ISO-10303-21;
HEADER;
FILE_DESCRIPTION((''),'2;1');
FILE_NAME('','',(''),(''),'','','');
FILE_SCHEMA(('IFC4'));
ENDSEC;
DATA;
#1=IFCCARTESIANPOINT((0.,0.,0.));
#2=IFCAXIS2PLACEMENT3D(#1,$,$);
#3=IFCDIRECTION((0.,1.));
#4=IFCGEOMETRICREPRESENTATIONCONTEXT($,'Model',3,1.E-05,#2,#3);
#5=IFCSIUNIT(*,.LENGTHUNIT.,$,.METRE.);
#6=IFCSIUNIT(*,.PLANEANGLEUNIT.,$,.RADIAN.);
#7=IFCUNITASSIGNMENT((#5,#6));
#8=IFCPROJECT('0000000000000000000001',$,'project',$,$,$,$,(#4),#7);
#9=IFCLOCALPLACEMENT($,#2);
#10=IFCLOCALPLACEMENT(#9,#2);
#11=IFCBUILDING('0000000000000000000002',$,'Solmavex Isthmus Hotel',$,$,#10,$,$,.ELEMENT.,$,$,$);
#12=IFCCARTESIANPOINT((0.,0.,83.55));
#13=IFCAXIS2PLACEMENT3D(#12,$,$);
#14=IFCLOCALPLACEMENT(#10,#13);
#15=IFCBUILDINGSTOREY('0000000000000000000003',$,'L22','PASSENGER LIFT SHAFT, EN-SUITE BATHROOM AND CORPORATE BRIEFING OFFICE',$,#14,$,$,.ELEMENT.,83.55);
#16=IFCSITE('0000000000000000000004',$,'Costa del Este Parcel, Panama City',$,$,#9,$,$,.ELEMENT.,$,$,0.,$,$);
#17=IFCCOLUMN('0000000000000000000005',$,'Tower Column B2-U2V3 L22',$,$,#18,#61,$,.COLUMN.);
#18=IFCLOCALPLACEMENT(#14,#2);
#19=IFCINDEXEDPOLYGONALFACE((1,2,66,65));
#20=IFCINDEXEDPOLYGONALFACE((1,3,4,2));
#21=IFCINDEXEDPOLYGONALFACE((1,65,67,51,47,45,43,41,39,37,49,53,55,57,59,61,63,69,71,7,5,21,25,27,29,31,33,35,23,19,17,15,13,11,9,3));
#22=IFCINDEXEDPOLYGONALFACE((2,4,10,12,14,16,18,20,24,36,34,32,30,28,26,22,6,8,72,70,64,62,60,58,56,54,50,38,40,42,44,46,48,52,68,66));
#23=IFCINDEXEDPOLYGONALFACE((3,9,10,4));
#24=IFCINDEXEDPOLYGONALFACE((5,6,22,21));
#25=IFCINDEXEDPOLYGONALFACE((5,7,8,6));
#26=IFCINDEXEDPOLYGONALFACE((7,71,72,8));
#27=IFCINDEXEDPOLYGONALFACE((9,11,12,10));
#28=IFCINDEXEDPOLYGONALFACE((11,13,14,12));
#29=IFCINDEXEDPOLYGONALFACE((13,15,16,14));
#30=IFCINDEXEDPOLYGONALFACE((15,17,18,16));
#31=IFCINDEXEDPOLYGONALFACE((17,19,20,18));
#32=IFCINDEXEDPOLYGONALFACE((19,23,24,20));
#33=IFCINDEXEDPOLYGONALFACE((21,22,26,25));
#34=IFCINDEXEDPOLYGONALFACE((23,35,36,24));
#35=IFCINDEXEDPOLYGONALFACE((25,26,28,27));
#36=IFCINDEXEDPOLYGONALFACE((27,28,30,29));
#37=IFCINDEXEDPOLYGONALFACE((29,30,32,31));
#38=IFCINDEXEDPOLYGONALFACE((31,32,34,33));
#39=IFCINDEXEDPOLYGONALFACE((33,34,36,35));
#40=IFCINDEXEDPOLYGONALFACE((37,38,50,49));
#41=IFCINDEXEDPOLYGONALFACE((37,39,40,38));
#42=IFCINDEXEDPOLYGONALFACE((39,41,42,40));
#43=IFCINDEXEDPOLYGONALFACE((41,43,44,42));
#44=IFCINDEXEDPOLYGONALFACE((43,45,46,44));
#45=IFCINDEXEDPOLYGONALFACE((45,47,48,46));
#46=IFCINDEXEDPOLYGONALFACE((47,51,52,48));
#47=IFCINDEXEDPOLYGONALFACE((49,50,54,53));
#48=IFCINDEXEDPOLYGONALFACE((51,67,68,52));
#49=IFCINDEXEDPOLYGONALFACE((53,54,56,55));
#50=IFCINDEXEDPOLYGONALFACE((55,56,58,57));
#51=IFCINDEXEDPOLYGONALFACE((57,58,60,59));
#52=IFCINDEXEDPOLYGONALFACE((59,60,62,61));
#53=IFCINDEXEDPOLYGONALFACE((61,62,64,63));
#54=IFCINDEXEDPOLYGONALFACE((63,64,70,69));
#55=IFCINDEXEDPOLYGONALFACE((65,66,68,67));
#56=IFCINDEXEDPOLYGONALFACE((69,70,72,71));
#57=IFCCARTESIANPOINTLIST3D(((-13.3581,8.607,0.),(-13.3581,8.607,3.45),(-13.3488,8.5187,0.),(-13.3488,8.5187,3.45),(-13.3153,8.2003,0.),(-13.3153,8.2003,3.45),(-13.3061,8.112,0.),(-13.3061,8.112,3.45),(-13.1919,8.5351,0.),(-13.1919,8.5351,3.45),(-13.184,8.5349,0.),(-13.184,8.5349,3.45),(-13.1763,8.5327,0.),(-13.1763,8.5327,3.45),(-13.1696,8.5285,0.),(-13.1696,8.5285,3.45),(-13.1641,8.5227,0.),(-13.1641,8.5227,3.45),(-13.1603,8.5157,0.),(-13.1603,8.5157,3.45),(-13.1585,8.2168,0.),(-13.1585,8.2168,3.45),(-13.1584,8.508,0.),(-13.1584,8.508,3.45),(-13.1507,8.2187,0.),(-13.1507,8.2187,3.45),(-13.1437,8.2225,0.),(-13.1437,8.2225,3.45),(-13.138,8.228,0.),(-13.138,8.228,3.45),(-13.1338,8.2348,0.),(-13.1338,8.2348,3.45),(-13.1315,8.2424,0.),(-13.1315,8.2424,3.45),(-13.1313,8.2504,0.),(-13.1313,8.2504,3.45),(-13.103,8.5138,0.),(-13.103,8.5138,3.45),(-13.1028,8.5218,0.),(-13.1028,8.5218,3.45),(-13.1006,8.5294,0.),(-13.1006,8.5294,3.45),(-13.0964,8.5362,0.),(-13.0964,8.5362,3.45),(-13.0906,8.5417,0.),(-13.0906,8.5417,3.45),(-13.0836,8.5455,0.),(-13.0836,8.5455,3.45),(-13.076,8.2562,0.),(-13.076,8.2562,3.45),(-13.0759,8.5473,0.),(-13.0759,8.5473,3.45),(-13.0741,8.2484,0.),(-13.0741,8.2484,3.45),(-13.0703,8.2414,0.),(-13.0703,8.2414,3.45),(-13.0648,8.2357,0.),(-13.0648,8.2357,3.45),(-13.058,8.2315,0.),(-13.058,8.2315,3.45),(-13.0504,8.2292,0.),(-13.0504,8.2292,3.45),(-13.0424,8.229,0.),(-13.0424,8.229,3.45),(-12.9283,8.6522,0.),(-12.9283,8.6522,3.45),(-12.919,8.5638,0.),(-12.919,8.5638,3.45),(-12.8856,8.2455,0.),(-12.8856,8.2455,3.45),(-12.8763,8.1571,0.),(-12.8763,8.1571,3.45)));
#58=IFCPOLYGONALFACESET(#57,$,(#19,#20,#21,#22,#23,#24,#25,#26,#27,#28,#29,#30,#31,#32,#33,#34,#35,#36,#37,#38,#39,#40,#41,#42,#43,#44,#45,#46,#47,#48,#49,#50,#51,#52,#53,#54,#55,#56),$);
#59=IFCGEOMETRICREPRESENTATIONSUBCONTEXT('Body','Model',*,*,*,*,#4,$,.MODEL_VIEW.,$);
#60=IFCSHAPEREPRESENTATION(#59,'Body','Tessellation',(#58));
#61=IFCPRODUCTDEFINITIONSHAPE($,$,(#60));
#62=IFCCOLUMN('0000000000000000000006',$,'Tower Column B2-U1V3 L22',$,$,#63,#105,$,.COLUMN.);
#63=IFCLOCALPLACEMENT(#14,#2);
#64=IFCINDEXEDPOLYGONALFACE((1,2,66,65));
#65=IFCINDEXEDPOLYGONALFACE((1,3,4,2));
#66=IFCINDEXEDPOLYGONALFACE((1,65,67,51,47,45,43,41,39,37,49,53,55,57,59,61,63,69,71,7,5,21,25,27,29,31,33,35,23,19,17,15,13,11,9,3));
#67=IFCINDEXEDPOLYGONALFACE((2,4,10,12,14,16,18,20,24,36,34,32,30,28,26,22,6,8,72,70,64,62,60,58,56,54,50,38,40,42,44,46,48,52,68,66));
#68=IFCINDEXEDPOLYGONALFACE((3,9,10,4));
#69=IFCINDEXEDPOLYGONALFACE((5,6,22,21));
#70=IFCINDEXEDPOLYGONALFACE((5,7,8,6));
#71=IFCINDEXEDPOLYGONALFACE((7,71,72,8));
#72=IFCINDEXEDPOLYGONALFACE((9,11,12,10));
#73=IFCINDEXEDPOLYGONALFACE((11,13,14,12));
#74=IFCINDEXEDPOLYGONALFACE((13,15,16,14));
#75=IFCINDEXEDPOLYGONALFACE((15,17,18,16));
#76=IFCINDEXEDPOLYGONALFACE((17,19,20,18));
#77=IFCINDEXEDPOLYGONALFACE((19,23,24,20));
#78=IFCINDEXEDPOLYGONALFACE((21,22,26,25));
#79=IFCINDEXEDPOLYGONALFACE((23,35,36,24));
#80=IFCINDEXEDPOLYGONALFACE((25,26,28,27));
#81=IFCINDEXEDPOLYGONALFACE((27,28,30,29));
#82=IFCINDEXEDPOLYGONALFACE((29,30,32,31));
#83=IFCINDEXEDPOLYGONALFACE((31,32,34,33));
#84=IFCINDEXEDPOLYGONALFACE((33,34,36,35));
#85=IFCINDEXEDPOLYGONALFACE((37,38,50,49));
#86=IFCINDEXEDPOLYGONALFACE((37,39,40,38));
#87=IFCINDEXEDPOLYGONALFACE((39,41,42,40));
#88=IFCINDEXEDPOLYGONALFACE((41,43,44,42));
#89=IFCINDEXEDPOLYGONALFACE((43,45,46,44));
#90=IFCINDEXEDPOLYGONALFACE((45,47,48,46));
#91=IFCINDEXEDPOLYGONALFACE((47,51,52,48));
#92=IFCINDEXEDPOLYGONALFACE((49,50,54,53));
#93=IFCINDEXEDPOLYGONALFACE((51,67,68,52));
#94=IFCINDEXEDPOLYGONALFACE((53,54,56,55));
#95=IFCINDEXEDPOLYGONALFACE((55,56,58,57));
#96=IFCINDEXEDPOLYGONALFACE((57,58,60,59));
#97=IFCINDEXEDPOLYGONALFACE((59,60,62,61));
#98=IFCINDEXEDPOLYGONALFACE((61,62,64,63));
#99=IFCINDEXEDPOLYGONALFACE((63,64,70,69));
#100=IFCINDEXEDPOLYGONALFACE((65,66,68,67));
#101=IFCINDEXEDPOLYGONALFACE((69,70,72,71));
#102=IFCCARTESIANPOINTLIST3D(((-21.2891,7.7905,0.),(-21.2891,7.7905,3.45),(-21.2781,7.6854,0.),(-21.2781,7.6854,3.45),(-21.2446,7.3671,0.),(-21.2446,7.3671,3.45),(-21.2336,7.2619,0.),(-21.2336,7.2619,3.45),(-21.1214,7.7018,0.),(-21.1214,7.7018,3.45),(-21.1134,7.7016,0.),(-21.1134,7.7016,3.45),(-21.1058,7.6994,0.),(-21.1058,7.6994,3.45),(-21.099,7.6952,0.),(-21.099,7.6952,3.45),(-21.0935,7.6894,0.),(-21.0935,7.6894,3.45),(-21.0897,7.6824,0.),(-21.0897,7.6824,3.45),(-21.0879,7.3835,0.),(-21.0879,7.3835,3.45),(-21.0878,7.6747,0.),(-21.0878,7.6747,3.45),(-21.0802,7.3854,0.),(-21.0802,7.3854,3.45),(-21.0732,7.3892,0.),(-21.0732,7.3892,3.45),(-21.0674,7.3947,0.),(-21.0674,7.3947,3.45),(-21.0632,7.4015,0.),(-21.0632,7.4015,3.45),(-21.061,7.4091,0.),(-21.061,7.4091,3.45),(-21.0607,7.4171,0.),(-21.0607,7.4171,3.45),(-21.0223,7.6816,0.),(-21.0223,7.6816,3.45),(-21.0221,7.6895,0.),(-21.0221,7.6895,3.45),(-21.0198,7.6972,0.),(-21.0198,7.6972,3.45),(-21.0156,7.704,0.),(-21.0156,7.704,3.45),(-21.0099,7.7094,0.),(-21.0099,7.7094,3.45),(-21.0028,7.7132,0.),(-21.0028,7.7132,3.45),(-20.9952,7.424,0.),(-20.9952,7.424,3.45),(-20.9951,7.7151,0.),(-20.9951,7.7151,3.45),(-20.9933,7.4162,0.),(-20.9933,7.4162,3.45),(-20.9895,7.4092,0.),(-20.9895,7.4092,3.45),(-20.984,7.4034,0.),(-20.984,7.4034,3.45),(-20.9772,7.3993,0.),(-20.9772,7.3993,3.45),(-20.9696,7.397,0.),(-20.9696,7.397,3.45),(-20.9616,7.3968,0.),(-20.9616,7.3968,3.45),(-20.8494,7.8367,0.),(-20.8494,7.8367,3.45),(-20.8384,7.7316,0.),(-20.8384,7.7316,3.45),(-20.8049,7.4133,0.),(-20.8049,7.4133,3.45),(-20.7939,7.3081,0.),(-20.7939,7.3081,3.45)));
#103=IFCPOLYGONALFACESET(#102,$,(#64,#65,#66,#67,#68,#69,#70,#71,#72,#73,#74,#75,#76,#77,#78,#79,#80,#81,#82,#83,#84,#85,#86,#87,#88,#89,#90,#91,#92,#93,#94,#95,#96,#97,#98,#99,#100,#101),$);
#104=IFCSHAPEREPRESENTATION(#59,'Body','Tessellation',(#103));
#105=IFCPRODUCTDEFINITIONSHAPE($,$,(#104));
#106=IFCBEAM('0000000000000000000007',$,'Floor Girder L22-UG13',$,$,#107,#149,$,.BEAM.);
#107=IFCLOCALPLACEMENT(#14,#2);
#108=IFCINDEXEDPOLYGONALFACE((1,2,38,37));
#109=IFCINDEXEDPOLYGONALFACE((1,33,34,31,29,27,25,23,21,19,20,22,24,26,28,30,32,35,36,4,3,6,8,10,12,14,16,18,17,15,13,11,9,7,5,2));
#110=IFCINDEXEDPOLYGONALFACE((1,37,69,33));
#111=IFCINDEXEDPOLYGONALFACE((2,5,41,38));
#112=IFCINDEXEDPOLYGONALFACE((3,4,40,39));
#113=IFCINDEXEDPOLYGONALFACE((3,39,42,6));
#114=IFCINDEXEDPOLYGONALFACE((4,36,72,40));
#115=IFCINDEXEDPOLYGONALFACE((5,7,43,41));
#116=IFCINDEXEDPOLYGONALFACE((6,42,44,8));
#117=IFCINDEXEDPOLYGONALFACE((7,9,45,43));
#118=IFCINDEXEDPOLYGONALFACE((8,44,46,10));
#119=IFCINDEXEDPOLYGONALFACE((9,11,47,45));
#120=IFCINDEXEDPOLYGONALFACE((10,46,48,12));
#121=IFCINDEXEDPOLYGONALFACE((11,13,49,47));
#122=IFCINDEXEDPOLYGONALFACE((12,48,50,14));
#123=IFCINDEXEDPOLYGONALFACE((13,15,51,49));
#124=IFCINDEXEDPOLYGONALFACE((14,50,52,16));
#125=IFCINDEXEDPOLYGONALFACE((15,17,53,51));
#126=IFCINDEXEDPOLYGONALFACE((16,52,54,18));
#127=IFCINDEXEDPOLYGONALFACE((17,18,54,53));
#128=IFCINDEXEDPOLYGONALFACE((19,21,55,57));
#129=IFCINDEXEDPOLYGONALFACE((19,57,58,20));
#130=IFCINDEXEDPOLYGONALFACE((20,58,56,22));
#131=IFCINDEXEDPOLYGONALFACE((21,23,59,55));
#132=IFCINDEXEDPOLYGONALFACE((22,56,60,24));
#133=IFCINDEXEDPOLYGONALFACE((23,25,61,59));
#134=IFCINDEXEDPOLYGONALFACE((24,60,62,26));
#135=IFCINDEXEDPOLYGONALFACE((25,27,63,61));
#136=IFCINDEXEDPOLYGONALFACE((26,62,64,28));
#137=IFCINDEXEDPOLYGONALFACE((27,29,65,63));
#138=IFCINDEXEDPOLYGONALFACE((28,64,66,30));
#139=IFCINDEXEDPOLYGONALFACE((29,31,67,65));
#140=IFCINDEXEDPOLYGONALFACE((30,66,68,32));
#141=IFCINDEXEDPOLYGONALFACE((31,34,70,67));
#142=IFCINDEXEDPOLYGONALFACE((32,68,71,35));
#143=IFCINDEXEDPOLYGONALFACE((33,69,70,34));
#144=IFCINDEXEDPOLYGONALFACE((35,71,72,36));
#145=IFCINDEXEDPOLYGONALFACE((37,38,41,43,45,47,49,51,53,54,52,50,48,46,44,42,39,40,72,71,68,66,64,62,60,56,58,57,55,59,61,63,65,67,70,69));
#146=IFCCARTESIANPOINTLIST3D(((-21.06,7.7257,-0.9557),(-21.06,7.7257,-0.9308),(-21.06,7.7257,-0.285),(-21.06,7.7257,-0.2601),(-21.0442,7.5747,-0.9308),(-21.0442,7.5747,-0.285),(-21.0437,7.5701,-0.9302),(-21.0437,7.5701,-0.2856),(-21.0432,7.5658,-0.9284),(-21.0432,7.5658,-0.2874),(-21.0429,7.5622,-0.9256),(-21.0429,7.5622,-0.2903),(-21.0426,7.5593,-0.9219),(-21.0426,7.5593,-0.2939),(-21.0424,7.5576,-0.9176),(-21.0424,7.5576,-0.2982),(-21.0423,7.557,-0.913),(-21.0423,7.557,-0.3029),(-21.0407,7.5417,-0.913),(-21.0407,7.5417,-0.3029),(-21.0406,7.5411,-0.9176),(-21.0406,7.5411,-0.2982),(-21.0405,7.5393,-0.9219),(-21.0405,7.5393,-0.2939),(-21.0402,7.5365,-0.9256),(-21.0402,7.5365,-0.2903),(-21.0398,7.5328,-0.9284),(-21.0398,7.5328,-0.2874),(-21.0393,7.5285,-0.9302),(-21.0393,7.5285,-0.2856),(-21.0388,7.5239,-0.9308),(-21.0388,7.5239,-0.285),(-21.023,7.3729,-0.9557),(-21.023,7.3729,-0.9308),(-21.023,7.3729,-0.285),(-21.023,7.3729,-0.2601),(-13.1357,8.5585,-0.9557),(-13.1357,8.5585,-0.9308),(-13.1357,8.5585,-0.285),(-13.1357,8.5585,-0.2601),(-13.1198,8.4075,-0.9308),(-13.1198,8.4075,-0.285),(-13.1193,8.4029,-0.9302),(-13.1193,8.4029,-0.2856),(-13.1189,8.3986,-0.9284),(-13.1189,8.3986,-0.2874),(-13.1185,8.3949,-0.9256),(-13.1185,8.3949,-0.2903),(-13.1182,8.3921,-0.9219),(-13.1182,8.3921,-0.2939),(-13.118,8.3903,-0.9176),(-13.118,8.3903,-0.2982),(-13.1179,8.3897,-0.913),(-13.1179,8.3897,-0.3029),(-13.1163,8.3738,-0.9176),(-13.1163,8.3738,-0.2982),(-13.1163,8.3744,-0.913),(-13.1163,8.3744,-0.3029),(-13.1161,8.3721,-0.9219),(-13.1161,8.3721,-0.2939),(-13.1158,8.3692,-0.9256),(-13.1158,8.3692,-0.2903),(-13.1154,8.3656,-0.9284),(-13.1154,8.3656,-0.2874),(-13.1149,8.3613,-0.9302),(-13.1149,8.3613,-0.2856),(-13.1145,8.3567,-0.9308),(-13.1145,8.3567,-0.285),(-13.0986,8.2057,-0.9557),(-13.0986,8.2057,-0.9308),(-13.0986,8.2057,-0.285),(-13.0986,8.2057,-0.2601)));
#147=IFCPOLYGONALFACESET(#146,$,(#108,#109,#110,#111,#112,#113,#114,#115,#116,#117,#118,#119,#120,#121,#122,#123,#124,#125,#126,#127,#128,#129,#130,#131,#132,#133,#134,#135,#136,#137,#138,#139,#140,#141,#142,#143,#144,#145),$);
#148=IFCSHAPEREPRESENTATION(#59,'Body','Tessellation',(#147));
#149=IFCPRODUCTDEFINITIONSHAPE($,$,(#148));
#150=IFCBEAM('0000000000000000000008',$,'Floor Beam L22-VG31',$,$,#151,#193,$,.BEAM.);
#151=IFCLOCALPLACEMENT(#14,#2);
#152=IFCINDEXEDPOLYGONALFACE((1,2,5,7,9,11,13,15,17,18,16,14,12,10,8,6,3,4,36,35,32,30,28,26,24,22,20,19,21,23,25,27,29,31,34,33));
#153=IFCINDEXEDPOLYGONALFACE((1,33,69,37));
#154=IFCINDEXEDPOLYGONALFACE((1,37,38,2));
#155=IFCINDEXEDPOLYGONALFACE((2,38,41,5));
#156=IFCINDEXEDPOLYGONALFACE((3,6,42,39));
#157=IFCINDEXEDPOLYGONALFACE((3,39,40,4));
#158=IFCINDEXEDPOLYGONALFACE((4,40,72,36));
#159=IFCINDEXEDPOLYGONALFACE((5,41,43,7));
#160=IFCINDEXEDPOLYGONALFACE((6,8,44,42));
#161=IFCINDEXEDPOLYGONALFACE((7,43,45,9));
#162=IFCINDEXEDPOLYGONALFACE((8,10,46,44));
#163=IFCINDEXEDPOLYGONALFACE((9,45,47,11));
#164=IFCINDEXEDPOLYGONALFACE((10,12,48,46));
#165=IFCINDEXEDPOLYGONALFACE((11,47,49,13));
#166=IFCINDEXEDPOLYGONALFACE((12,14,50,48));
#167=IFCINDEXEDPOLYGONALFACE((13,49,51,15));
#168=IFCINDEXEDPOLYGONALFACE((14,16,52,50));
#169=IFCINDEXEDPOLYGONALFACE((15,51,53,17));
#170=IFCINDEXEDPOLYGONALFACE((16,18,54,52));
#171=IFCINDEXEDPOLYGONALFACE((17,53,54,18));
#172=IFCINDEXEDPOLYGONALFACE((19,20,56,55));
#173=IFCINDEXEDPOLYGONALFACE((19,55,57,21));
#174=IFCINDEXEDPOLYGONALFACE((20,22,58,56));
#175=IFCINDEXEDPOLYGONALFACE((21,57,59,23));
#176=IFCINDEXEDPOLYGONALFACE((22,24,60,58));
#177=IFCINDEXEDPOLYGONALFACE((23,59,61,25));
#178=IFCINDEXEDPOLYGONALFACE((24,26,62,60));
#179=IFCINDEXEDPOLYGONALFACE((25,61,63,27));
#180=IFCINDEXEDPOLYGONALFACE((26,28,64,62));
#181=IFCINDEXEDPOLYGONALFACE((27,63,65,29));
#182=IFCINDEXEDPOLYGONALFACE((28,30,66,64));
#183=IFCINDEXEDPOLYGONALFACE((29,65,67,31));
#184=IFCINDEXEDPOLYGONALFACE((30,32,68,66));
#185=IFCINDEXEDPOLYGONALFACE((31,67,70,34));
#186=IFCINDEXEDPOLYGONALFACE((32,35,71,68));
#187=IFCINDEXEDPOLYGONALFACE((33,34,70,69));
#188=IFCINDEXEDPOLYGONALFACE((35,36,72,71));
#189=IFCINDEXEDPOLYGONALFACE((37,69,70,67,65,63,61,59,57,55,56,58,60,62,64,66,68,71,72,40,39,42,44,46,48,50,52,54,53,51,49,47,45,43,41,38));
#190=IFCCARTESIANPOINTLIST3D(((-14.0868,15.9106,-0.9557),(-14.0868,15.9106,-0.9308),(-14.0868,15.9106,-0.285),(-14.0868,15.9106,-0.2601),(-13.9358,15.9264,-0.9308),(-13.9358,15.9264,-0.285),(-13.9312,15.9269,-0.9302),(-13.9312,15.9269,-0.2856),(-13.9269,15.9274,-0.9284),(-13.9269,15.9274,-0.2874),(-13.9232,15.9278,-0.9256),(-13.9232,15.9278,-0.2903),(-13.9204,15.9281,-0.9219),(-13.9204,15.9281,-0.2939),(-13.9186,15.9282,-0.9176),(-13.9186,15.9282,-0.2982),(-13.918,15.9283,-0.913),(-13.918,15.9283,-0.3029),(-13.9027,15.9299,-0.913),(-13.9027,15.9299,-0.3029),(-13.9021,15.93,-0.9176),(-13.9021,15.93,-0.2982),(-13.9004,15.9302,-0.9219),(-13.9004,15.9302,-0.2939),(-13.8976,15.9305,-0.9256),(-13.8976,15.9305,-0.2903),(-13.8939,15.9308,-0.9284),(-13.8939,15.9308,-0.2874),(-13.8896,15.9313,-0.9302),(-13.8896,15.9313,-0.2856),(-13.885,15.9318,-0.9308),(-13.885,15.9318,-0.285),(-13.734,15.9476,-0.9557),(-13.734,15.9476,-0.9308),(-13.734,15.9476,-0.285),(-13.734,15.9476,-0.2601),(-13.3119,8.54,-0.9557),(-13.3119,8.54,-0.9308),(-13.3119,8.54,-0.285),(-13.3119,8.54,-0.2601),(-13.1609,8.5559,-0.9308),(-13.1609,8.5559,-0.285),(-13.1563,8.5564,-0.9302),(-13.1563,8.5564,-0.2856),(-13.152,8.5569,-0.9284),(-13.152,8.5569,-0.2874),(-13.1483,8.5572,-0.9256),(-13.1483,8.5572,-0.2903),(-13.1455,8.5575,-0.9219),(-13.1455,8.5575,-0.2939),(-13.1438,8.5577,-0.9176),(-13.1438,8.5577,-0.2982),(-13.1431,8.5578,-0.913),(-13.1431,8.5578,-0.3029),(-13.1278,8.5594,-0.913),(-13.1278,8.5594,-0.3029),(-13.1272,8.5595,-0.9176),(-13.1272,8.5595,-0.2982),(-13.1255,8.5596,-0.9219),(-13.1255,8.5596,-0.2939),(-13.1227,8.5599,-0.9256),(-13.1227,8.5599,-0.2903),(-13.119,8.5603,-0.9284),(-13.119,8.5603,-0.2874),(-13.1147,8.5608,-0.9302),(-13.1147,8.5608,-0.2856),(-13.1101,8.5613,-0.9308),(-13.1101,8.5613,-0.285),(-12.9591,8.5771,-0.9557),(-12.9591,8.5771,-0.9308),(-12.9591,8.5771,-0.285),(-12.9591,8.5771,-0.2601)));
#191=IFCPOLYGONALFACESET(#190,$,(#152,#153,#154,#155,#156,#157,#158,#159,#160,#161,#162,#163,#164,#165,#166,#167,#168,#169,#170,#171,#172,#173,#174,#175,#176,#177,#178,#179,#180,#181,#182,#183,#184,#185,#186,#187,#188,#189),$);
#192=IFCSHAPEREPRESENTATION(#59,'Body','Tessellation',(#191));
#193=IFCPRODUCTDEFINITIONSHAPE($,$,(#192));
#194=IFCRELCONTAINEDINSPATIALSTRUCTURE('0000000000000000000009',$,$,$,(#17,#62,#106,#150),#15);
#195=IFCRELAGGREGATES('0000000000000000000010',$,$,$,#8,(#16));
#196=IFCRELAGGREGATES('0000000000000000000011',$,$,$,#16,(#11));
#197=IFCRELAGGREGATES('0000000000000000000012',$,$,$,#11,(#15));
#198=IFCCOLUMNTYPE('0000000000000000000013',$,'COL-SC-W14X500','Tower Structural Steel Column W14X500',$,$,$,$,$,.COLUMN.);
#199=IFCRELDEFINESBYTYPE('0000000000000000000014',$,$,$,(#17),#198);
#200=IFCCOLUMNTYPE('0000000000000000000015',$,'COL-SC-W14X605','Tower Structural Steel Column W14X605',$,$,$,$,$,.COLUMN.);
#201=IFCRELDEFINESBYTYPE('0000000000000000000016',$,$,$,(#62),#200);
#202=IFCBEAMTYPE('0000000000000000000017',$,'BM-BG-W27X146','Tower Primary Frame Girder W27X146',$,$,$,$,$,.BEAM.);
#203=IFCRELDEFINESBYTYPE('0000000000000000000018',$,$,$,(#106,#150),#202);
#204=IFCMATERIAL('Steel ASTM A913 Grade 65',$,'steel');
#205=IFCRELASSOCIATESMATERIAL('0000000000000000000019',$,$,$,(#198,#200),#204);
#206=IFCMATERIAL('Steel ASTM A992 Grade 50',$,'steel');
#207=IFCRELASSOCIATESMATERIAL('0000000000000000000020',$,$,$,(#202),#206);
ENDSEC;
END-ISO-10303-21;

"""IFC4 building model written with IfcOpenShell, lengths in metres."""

from ifc_helpers import new_model, si_unit, direction, frame, origin, origin_2d, place, context, subcontext, project, spatial, i_section, extrude, material, material_profile, profile_set, type_object, element, save


model = new_model("IFC4")

# Units and contexts
model_context = context("Model", 3, precision=1e-05, world=origin(), true_north=direction((0.0, 1.0)))
body_context = subcontext(model_context, "Body", "Model", "MODEL_VIEW")
ifc_project = project(units=[si_unit("LENGTHUNIT", "METRE"), si_unit("PLANEANGLEUNIT", "RADIAN")], contexts=[model_context])

# Site, building, storey
site_placement = place(None, origin())
site = spatial("IfcSite", under=ifc_project, at=site_placement, Name="Costa del Este Parcel, Panama City", CompositionType="ELEMENT", RefElevation=0.0)
building_placement = place(site_placement, origin())
building = spatial("IfcBuilding", under=site, at=building_placement, Name="Solmavex Isthmus Hotel", CompositionType="ELEMENT")
storey_placement = place(building_placement, frame((0.0, 0.0, 83.55)))
storey = spatial("IfcBuildingStorey", under=building, at=storey_placement, Name="L22", Description="PASSENGER LIFT SHAFT, EN-SUITE BATHROOM AND CORPORATE BRIEFING OFFICE", CompositionType="ELEMENT", Elevation=83.55)

# Columns
ifc_material_1 = material(Name="Steel ASTM A913 Grade 65", Category="steel")
ifc_material_profile_1 = material_profile(ifc_material_1, i_section(OverallWidth=0.4321, OverallDepth=0.4978, WebThickness=0.0557, FlangeThickness=0.0889, FilletRadius=0.0305, at=origin_2d()), Name="W14X500")
ifc_profile_set_1 = profile_set([ifc_material_profile_1], Name="Steel ASTM A913 Grade 65")
column_type_1 = type_object("IfcColumnType", Name="COL-SC-W14X500", Description="Tower Structural Steel Column W14X500", PredefinedType="COLUMN", material=ifc_profile_set_1)
column_1_placement = place(storey_placement, frame((-13.1172, 8.3821, 0.0), z_axis=(0.0, 0.0, 1.0), x_axis=(0.994522, 0.104528, 0.0)))
element("IfcColumn", 1, at=column_1_placement, inside=storey, type_object=column_type_1, Name="Tower Column B2-U2V3 L22", PredefinedType="COLUMN", context=body_context, shape_type="SweptSolid", body=[
    extrude(i_section(OverallWidth=0.4321, OverallDepth=0.4978, WebThickness=0.0557, FlangeThickness=0.0889, FilletRadius=0.0305, at=origin_2d()), origin(), (0.0, 0.0, 1.0), 3.45),
])
ifc_material_profile_2 = material_profile(ifc_material_1, i_section(OverallWidth=0.4421, OverallDepth=0.5315, WebThickness=0.0659, FlangeThickness=0.1057, FilletRadius=0.0305, at=origin_2d()), Name="W14X605")
ifc_profile_set_2 = profile_set([ifc_material_profile_2], Name="Steel ASTM A913 Grade 65")
column_type_2 = type_object("IfcColumnType", Name="COL-SC-W14X605", Description="Tower Structural Steel Column W14X605", PredefinedType="COLUMN", material=ifc_profile_set_2)
column_2_placement = place(storey_placement, frame((-21.0415, 7.5493, 0.0), z_axis=(0.0, 0.0, 1.0), x_axis=(0.994522, 0.104528, 0.0)))
element("IfcColumn", 2, at=column_2_placement, inside=storey, type_object=column_type_2, Name="Tower Column B2-U1V3 L22", PredefinedType="COLUMN", context=body_context, shape_type="SweptSolid", body=[
    extrude(i_section(OverallWidth=0.4421, OverallDepth=0.5315, WebThickness=0.0659, FlangeThickness=0.1057, FilletRadius=0.0305, at=origin_2d()), origin(), (0.0, 0.0, 1.0), 3.45),
])

# Beams
ifc_material_2 = material(Name="Steel ASTM A992 Grade 50", Category="steel")
ifc_material_profile_3 = material_profile(ifc_material_2, i_section(OverallWidth=0.3547, OverallDepth=0.6956, WebThickness=0.0154, FlangeThickness=0.0249, FilletRadius=0.0178, at=origin_2d()), Name="W27X146")
ifc_profile_set_3 = profile_set([ifc_material_profile_3], Name="Steel ASTM A992 Grade 50")
beam_type_1 = type_object("IfcBeamType", Name="BM-BG-W27X146", Description="Tower Primary Frame Girder W27X146", PredefinedType="BEAM", material=ifc_profile_set_3)
beam_1_placement = place(storey_placement, frame((-21.0415, 7.5493, -0.6079), z_axis=(0.994523, 0.104514, 0.0), x_axis=(-0.104514, 0.994523, 0.0)))
element("IfcBeam", 3, at=beam_1_placement, inside=storey, type_object=beam_type_1, Name="Floor Girder L22-UG13", PredefinedType="BEAM", context=body_context, shape_type="SweptSolid", body=[
    extrude(i_section(OverallWidth=0.3547, OverallDepth=0.6956, WebThickness=0.0154, FlangeThickness=0.0249, FilletRadius=0.0178, at=origin_2d()), origin(), (0.0, 0.0, 1.0), 7.968),
])
beam_2_placement = place(storey_placement, frame((-13.1355, 8.5586, -0.6079), z_axis=(-0.104558, 0.994519, 0.0), x_axis=(-0.994519, -0.104558, 0.0)))
element("IfcBeam", 4, at=beam_2_placement, inside=storey, type_object=beam_type_1, Name="Floor Beam L22-VG31", PredefinedType="BEAM", context=body_context, shape_type="SweptSolid", body=[
    extrude(i_section(OverallWidth=0.3547, OverallDepth=0.6956, WebThickness=0.0154, FlangeThickness=0.0249, FilletRadius=0.0178, at=origin_2d()), origin(), (0.0, 0.0, 1.0), 7.4111),
])

save(model, "model.ifc")
